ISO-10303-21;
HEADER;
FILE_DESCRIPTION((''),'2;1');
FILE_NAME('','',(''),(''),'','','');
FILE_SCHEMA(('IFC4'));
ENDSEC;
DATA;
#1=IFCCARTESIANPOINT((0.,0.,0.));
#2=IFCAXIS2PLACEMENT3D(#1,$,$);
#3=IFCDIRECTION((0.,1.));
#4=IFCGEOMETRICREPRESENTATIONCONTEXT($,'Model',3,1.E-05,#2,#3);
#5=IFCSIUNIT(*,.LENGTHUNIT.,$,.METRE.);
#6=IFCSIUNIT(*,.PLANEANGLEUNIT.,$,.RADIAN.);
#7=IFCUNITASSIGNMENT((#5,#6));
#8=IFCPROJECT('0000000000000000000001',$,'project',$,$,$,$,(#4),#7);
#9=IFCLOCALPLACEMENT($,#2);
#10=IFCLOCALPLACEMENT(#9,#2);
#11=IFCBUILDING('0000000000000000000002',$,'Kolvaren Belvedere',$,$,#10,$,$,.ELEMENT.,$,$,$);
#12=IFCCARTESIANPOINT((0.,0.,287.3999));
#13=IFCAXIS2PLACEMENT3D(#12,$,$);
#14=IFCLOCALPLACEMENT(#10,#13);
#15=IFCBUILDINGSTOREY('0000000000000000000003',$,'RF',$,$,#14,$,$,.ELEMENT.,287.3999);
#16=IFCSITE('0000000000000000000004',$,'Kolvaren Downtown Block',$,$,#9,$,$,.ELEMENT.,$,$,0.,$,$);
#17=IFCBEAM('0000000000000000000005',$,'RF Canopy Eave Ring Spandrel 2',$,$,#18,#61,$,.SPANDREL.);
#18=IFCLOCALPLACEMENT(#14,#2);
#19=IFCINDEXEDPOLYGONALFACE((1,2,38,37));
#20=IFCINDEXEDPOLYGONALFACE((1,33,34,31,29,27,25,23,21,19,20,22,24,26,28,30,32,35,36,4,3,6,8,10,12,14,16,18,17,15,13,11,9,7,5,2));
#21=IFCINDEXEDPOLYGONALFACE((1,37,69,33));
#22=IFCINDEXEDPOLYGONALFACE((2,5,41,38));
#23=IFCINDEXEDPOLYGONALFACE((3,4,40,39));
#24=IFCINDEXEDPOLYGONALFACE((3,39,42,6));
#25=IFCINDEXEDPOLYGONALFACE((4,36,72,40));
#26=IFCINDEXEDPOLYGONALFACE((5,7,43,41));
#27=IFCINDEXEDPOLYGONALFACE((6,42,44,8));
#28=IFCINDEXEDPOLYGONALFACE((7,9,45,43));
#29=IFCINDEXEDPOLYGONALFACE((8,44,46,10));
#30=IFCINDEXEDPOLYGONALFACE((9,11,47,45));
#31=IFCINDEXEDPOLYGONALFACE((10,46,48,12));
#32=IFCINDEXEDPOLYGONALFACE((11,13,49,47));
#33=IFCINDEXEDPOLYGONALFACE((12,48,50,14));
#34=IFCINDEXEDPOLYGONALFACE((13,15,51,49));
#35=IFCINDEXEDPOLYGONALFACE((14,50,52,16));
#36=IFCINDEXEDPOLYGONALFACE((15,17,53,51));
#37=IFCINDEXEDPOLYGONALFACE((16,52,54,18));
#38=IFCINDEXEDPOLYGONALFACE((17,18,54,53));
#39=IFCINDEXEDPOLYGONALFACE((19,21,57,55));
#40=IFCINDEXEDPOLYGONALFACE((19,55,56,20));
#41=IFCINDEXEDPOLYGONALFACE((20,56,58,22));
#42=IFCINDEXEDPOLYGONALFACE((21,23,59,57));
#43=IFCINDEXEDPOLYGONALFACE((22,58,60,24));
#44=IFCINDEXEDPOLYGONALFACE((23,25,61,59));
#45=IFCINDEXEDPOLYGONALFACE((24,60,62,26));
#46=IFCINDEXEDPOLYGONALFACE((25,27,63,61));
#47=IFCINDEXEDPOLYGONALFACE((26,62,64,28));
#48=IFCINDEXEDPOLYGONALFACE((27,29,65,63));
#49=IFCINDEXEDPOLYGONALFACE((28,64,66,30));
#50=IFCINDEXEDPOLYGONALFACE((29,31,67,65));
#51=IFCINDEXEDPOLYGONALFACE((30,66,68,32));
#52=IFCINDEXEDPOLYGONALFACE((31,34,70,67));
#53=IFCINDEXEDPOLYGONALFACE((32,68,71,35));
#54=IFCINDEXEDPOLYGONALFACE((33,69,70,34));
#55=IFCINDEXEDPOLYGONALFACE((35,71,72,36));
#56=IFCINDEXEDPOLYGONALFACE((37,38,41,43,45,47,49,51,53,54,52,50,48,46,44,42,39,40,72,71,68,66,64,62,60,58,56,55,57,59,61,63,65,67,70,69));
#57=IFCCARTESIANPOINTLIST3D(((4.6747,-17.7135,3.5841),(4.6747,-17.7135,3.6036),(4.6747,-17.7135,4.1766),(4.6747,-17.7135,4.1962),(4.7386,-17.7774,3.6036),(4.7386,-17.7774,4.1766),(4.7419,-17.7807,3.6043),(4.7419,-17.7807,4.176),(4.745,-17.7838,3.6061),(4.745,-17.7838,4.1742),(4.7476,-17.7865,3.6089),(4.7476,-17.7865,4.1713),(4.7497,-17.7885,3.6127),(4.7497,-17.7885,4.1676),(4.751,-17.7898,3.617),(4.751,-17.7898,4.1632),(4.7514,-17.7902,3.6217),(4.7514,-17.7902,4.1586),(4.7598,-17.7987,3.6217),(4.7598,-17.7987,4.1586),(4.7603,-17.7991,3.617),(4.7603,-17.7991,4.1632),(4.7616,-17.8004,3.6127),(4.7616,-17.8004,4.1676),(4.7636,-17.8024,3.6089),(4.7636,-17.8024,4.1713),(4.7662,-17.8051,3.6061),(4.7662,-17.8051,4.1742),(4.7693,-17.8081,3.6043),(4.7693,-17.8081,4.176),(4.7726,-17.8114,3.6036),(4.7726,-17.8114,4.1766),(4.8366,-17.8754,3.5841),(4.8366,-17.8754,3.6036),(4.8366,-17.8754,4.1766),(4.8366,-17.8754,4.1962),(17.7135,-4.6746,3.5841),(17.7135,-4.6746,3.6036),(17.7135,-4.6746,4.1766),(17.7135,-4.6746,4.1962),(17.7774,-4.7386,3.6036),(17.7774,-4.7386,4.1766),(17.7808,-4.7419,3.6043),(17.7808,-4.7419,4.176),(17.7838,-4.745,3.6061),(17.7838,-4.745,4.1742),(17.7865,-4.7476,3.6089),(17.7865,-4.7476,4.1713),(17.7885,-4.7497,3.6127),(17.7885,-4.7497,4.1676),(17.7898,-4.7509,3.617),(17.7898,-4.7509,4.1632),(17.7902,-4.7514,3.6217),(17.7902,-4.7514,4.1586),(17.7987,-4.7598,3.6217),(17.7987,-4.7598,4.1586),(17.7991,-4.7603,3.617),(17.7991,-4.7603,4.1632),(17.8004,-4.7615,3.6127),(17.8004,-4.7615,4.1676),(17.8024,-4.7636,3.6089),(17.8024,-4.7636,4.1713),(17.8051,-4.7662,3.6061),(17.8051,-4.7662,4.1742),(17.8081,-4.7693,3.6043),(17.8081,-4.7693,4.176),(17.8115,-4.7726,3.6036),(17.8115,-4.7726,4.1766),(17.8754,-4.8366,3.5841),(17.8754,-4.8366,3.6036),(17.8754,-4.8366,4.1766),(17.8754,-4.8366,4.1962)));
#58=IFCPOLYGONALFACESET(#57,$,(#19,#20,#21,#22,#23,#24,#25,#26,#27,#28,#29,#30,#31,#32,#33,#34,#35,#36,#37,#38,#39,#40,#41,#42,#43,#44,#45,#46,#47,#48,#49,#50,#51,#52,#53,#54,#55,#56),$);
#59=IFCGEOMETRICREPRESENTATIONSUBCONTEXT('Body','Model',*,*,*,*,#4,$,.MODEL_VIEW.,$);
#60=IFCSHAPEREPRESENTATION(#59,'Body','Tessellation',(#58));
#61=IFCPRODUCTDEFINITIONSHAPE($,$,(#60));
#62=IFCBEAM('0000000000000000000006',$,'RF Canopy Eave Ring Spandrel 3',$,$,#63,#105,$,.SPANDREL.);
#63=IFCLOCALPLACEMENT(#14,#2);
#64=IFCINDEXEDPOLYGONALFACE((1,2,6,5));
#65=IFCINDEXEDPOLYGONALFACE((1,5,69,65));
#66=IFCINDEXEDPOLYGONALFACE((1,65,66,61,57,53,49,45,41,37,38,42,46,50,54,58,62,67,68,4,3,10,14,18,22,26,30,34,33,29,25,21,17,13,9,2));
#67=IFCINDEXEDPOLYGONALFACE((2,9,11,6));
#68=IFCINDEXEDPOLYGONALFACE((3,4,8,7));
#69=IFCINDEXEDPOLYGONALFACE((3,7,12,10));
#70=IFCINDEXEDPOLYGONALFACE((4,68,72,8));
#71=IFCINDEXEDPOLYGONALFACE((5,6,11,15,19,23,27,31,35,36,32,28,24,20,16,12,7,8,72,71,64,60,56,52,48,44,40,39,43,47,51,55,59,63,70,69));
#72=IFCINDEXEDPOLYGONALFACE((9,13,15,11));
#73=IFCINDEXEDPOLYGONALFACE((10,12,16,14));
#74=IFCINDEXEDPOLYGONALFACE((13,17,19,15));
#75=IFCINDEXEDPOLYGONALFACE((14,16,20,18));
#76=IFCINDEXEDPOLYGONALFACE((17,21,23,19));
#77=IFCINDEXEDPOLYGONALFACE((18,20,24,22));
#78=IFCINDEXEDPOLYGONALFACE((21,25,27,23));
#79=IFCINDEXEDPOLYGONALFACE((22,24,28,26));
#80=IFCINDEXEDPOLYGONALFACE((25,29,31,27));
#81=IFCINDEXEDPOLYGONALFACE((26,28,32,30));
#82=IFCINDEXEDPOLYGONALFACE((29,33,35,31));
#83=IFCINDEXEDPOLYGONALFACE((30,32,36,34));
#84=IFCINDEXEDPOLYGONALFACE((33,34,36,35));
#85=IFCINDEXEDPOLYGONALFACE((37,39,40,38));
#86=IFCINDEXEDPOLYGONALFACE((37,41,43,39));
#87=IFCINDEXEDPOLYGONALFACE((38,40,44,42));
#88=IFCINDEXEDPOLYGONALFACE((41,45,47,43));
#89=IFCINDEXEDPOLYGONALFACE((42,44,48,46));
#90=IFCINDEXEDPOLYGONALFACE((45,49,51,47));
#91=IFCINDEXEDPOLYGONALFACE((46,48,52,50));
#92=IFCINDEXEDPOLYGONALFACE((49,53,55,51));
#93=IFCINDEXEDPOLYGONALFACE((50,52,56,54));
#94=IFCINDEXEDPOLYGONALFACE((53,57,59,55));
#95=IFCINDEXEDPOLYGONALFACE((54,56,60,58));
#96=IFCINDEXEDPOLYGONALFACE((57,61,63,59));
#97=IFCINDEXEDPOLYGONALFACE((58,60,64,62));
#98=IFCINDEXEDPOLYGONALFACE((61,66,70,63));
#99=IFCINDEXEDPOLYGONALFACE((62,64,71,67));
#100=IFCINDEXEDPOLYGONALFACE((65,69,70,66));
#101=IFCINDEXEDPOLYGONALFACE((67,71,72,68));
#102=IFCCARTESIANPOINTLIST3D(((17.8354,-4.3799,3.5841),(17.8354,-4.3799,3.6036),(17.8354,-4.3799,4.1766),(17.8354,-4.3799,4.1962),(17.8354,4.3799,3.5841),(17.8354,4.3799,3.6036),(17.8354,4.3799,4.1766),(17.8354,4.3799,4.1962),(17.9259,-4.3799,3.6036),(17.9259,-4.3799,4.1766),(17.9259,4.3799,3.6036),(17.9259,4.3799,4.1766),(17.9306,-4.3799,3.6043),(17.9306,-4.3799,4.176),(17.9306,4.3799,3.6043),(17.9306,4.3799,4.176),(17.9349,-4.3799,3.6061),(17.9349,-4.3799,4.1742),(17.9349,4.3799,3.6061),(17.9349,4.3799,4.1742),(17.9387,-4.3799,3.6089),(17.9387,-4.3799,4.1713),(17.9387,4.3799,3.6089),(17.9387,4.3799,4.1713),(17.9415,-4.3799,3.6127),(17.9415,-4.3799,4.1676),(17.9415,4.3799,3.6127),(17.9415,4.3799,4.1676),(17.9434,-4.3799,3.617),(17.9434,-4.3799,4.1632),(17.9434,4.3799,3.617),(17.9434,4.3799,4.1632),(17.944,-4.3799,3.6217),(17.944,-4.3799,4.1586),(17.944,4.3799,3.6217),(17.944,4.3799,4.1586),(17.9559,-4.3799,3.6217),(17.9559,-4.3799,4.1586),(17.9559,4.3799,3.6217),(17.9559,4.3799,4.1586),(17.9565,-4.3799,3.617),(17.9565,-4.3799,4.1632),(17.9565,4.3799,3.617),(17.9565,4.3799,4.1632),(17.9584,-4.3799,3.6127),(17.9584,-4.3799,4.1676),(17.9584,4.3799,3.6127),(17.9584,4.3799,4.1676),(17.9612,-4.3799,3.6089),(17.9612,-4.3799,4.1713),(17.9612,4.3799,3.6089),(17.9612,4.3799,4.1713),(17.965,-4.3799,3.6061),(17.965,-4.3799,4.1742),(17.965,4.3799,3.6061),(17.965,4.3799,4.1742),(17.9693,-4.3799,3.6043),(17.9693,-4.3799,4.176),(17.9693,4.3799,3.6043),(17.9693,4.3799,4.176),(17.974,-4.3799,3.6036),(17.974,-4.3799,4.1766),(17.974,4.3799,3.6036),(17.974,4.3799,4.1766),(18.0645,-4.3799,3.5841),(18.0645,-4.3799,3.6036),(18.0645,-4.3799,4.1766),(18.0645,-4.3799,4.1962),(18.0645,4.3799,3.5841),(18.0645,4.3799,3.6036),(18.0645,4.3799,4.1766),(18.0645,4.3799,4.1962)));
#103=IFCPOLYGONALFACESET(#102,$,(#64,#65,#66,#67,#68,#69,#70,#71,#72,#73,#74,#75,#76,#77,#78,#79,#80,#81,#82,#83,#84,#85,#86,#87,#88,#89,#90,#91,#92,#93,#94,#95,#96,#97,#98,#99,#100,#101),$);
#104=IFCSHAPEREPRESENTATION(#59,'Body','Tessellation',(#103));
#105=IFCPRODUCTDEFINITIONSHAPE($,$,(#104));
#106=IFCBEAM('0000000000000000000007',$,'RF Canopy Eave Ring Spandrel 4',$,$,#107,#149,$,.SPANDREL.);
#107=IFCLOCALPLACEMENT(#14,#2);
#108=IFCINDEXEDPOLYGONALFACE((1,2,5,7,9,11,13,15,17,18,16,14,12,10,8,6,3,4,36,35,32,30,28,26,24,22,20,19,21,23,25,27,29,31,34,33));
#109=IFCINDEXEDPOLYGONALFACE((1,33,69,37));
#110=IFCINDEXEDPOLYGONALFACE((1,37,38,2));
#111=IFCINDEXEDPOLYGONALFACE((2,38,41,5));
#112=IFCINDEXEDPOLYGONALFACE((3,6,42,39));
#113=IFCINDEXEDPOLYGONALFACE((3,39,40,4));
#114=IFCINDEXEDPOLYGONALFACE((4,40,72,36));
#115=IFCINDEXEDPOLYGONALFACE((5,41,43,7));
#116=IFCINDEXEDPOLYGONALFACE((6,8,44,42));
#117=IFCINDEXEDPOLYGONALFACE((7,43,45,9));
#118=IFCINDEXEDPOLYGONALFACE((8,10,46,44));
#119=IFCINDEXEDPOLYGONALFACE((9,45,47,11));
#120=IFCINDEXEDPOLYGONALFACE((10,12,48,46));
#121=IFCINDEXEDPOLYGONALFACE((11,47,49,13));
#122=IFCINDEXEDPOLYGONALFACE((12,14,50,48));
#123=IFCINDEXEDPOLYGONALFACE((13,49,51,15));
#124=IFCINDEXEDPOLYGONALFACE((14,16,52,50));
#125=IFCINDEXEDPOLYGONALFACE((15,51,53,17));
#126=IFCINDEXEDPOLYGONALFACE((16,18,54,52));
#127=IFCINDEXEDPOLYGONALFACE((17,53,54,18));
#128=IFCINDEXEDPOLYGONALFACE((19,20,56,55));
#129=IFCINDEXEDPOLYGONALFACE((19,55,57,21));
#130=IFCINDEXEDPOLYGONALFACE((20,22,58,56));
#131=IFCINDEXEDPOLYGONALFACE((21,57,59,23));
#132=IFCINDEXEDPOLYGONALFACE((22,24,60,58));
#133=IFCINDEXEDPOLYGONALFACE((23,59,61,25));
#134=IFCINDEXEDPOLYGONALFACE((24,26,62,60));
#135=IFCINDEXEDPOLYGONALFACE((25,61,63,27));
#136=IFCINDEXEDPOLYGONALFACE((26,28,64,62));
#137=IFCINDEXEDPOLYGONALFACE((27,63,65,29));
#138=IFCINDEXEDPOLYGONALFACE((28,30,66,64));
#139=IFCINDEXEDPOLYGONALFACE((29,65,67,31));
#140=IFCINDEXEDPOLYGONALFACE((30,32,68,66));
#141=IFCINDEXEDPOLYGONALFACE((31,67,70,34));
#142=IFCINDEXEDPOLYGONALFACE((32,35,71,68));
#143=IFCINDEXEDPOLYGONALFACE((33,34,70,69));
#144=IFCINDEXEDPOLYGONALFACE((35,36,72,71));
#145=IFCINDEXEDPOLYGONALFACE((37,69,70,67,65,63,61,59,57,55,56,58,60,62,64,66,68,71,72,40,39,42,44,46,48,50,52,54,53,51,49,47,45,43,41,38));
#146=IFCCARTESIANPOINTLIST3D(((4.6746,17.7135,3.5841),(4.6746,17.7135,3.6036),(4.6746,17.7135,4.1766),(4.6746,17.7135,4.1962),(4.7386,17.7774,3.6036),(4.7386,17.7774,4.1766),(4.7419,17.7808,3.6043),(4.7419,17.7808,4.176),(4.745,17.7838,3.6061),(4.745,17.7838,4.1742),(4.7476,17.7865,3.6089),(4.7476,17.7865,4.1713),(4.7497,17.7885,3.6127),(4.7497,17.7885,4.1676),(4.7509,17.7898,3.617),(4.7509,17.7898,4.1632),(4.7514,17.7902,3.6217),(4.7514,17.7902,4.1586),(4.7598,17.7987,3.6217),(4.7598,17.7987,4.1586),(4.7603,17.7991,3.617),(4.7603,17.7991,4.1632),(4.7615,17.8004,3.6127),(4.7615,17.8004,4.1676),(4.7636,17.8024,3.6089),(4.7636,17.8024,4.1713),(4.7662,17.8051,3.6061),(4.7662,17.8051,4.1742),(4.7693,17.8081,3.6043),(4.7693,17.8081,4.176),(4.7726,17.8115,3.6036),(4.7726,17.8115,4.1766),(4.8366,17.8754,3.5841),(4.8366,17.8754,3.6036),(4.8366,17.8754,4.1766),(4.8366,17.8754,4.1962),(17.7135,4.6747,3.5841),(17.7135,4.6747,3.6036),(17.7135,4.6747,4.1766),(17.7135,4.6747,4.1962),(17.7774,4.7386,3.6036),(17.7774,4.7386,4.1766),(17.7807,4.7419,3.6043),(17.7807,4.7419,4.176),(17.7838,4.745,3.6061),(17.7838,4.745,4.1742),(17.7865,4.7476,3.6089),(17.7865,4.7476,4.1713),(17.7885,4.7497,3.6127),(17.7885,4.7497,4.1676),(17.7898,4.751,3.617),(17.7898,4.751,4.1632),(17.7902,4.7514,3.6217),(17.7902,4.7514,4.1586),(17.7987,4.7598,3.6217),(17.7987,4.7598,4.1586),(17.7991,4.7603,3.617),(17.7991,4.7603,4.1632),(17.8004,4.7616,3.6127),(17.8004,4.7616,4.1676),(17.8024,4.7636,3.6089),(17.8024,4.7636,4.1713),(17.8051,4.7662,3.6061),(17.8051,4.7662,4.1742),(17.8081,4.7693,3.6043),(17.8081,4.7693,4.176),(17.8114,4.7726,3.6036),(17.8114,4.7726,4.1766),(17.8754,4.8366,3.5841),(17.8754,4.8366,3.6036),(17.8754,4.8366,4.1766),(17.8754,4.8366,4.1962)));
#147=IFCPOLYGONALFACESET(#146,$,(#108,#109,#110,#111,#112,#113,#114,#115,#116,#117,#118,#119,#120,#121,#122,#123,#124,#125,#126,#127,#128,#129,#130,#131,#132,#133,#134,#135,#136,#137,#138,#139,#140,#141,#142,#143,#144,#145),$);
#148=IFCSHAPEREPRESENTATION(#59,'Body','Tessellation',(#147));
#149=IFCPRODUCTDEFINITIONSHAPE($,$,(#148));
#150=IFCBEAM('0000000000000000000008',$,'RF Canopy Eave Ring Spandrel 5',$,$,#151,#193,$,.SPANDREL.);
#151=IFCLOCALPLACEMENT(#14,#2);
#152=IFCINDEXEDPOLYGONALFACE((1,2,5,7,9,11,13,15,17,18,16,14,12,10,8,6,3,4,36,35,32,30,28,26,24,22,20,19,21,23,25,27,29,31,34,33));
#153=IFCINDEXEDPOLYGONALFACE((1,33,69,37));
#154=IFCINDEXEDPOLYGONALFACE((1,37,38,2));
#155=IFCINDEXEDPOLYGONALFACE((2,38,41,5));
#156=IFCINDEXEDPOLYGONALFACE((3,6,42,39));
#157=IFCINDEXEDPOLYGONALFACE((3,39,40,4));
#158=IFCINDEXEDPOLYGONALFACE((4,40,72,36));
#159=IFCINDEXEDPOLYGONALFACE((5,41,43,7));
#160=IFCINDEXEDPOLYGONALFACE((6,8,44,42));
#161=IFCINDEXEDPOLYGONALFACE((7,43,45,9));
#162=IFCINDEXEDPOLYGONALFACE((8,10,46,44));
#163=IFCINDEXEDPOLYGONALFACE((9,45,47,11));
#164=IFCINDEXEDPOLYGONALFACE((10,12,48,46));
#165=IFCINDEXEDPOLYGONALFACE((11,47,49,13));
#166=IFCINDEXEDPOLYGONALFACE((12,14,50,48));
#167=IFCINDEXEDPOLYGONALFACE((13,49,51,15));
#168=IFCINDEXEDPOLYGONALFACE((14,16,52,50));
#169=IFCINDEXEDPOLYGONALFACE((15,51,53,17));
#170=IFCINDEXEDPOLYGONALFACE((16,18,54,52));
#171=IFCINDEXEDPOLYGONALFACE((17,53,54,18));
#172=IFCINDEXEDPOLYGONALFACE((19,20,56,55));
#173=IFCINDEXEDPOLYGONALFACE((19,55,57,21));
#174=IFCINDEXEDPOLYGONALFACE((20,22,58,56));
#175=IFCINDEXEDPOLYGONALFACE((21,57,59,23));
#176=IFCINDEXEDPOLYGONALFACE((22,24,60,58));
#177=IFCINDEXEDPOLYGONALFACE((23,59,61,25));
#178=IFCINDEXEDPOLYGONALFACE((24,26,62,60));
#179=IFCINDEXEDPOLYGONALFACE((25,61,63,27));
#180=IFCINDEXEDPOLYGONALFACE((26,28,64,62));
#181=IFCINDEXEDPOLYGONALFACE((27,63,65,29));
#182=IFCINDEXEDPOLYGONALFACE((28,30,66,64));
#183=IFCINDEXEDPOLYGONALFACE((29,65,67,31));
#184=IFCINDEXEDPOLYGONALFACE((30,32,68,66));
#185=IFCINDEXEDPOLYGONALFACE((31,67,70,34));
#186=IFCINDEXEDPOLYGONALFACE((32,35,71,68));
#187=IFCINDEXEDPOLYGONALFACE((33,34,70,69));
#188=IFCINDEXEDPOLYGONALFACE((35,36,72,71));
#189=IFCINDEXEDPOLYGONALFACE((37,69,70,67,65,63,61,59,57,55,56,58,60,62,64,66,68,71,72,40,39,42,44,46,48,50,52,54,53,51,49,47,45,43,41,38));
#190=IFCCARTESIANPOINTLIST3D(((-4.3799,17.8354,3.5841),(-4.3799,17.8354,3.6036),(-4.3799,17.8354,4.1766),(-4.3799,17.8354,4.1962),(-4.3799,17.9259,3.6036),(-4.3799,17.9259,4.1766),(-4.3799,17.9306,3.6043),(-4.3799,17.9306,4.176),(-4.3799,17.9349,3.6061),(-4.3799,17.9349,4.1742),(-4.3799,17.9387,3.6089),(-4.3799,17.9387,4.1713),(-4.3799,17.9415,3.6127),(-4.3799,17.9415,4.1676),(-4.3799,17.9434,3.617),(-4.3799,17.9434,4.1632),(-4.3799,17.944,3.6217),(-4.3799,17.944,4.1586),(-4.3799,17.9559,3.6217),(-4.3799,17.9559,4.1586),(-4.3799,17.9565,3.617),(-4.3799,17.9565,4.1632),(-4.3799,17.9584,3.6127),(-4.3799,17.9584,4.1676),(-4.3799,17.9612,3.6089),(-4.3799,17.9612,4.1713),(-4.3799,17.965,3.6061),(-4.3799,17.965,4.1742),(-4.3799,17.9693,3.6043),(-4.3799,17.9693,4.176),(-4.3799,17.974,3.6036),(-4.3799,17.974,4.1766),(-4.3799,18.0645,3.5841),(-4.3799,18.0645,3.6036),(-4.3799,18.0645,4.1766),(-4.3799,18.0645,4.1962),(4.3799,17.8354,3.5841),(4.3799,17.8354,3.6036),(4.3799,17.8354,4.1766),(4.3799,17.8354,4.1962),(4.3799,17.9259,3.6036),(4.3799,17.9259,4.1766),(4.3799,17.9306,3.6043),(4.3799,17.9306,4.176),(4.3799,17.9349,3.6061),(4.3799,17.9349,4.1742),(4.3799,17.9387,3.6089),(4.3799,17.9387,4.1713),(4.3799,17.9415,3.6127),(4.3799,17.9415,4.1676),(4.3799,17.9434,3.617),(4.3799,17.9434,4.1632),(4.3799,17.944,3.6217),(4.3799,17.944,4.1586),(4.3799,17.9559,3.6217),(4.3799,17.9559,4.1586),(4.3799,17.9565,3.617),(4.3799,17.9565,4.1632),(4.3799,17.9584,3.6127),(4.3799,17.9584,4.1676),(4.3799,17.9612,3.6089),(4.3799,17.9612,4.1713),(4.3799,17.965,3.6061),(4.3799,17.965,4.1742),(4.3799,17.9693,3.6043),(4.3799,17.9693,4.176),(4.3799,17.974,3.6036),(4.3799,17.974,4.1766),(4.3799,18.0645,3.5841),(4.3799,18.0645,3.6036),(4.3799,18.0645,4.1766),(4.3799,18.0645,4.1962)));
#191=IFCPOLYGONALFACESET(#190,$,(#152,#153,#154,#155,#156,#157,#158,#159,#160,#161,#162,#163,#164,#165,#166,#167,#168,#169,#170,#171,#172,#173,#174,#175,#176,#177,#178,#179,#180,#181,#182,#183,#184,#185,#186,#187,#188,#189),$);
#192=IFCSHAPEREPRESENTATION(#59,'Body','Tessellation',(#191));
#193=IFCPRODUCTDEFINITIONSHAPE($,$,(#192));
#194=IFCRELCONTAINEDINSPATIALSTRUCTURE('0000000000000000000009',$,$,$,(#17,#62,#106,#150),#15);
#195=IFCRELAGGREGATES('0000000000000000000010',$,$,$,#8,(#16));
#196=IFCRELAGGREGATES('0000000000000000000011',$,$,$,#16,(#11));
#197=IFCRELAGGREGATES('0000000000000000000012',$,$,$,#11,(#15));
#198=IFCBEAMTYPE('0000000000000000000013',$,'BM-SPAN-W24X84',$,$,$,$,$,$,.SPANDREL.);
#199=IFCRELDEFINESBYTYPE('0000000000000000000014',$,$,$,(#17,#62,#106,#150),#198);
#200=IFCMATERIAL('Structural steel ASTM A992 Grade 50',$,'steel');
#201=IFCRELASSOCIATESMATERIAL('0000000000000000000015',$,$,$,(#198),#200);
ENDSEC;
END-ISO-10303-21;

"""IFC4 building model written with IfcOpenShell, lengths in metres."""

from ifc_helpers import new_model, si_unit, direction, frame, origin, origin_2d, place, context, subcontext, project, spatial, i_section, extrude, material, material_profile, profile_set, type_object, element, save


model = new_model("IFC4")

# Units and contexts
model_context = context("Model", 3, precision=1e-05, world=origin(), true_north=direction((0.0, 1.0)))
body_context = subcontext(model_context, "Body", "Model", "MODEL_VIEW")
ifc_project = project(units=[si_unit("LENGTHUNIT", "METRE"), si_unit("PLANEANGLEUNIT", "RADIAN")], contexts=[model_context])

# Site, building, storey
site_placement = place(None, origin())
site = spatial("IfcSite", under=ifc_project, at=site_placement, Name="Kolvaren Downtown Block", CompositionType="ELEMENT", RefElevation=0.0)
building_placement = place(site_placement, origin())
building = spatial("IfcBuilding", under=site, at=building_placement, Name="Kolvaren Belvedere", CompositionType="ELEMENT")
storey_placement = place(building_placement, frame((0.0, 0.0, 287.3999)))
storey = spatial("IfcBuildingStorey", under=building, at=storey_placement, Name="RF", CompositionType="ELEMENT", Elevation=287.3999)

# Beams
ifc_material_1 = material(Name="Structural steel ASTM A992 Grade 50", Category="steel")
ifc_material_profile_1 = material_profile(ifc_material_1, i_section(OverallWidth=0.229, OverallDepth=0.6121, WebThickness=0.012, FlangeThickness=0.0195, FilletRadius=0.0181, at=origin_2d()), Name="W24X84")
ifc_profile_set_1 = profile_set([ifc_material_profile_1], Name="Structural steel ASTM A992 Grade 50")
beam_type_1 = type_object("IfcBeamType", Name="BM-SPAN-W24X84", PredefinedType="SPANDREL", material=ifc_profile_set_1)
beam_1_placement = place(storey_placement, frame((4.7556, -17.7944, 3.8901), z_axis=(0.707107, 0.707107, 0.0), x_axis=(-0.707107, 0.707107, 0.0)))
element("IfcBeam", 1, at=beam_1_placement, inside=storey, type_object=beam_type_1, Name="RF Canopy Eave Ring Spandrel 2", PredefinedType="SPANDREL", context=body_context, shape_type="SweptSolid", body=[
    extrude(i_section(OverallWidth=0.229, OverallDepth=0.6121, WebThickness=0.012, FlangeThickness=0.0195, FilletRadius=0.0181, at=origin_2d()), origin(), (0.0, 0.0, 1.0), 18.4397),
])
beam_2_placement = place(storey_placement, frame((17.95, -4.3799, 3.8901), z_axis=(0.0, 1.0, 0.0), x_axis=(-1.0, 0.0, 0.0)))
element("IfcBeam", 2, at=beam_2_placement, inside=storey, type_object=beam_type_1, Name="RF Canopy Eave Ring Spandrel 3", PredefinedType="SPANDREL", context=body_context, shape_type="SweptSolid", body=[
    extrude(i_section(OverallWidth=0.229, OverallDepth=0.6121, WebThickness=0.012, FlangeThickness=0.0195, FilletRadius=0.0181, at=origin_2d()), origin(), (0.0, 0.0, 1.0), 8.7598),
])
beam_3_placement = place(storey_placement, frame((17.7944, 4.7556, 3.8901), z_axis=(-0.707107, 0.707107, 0.0), x_axis=(-0.707107, -0.707107, 0.0)))
element("IfcBeam", 3, at=beam_3_placement, inside=storey, type_object=beam_type_1, Name="RF Canopy Eave Ring Spandrel 4", PredefinedType="SPANDREL", context=body_context, shape_type="SweptSolid", body=[
    extrude(i_section(OverallWidth=0.229, OverallDepth=0.6121, WebThickness=0.012, FlangeThickness=0.0195, FilletRadius=0.0181, at=origin_2d()), origin(), (0.0, 0.0, 1.0), 18.4397),
])
beam_4_placement = place(storey_placement, frame((4.3799, 17.95, 3.8901), z_axis=(-1.0, 0.0, 0.0), x_axis=(0.0, -1.0, 0.0)))
element("IfcBeam", 4, at=beam_4_placement, inside=storey, type_object=beam_type_1, Name="RF Canopy Eave Ring Spandrel 5", PredefinedType="SPANDREL", context=body_context, shape_type="SweptSolid", body=[
    extrude(i_section(OverallWidth=0.229, OverallDepth=0.6121, WebThickness=0.012, FlangeThickness=0.0195, FilletRadius=0.0181, at=origin_2d()), origin(), (0.0, 0.0, 1.0), 8.7598),
])

save(model, "model.ifc")
